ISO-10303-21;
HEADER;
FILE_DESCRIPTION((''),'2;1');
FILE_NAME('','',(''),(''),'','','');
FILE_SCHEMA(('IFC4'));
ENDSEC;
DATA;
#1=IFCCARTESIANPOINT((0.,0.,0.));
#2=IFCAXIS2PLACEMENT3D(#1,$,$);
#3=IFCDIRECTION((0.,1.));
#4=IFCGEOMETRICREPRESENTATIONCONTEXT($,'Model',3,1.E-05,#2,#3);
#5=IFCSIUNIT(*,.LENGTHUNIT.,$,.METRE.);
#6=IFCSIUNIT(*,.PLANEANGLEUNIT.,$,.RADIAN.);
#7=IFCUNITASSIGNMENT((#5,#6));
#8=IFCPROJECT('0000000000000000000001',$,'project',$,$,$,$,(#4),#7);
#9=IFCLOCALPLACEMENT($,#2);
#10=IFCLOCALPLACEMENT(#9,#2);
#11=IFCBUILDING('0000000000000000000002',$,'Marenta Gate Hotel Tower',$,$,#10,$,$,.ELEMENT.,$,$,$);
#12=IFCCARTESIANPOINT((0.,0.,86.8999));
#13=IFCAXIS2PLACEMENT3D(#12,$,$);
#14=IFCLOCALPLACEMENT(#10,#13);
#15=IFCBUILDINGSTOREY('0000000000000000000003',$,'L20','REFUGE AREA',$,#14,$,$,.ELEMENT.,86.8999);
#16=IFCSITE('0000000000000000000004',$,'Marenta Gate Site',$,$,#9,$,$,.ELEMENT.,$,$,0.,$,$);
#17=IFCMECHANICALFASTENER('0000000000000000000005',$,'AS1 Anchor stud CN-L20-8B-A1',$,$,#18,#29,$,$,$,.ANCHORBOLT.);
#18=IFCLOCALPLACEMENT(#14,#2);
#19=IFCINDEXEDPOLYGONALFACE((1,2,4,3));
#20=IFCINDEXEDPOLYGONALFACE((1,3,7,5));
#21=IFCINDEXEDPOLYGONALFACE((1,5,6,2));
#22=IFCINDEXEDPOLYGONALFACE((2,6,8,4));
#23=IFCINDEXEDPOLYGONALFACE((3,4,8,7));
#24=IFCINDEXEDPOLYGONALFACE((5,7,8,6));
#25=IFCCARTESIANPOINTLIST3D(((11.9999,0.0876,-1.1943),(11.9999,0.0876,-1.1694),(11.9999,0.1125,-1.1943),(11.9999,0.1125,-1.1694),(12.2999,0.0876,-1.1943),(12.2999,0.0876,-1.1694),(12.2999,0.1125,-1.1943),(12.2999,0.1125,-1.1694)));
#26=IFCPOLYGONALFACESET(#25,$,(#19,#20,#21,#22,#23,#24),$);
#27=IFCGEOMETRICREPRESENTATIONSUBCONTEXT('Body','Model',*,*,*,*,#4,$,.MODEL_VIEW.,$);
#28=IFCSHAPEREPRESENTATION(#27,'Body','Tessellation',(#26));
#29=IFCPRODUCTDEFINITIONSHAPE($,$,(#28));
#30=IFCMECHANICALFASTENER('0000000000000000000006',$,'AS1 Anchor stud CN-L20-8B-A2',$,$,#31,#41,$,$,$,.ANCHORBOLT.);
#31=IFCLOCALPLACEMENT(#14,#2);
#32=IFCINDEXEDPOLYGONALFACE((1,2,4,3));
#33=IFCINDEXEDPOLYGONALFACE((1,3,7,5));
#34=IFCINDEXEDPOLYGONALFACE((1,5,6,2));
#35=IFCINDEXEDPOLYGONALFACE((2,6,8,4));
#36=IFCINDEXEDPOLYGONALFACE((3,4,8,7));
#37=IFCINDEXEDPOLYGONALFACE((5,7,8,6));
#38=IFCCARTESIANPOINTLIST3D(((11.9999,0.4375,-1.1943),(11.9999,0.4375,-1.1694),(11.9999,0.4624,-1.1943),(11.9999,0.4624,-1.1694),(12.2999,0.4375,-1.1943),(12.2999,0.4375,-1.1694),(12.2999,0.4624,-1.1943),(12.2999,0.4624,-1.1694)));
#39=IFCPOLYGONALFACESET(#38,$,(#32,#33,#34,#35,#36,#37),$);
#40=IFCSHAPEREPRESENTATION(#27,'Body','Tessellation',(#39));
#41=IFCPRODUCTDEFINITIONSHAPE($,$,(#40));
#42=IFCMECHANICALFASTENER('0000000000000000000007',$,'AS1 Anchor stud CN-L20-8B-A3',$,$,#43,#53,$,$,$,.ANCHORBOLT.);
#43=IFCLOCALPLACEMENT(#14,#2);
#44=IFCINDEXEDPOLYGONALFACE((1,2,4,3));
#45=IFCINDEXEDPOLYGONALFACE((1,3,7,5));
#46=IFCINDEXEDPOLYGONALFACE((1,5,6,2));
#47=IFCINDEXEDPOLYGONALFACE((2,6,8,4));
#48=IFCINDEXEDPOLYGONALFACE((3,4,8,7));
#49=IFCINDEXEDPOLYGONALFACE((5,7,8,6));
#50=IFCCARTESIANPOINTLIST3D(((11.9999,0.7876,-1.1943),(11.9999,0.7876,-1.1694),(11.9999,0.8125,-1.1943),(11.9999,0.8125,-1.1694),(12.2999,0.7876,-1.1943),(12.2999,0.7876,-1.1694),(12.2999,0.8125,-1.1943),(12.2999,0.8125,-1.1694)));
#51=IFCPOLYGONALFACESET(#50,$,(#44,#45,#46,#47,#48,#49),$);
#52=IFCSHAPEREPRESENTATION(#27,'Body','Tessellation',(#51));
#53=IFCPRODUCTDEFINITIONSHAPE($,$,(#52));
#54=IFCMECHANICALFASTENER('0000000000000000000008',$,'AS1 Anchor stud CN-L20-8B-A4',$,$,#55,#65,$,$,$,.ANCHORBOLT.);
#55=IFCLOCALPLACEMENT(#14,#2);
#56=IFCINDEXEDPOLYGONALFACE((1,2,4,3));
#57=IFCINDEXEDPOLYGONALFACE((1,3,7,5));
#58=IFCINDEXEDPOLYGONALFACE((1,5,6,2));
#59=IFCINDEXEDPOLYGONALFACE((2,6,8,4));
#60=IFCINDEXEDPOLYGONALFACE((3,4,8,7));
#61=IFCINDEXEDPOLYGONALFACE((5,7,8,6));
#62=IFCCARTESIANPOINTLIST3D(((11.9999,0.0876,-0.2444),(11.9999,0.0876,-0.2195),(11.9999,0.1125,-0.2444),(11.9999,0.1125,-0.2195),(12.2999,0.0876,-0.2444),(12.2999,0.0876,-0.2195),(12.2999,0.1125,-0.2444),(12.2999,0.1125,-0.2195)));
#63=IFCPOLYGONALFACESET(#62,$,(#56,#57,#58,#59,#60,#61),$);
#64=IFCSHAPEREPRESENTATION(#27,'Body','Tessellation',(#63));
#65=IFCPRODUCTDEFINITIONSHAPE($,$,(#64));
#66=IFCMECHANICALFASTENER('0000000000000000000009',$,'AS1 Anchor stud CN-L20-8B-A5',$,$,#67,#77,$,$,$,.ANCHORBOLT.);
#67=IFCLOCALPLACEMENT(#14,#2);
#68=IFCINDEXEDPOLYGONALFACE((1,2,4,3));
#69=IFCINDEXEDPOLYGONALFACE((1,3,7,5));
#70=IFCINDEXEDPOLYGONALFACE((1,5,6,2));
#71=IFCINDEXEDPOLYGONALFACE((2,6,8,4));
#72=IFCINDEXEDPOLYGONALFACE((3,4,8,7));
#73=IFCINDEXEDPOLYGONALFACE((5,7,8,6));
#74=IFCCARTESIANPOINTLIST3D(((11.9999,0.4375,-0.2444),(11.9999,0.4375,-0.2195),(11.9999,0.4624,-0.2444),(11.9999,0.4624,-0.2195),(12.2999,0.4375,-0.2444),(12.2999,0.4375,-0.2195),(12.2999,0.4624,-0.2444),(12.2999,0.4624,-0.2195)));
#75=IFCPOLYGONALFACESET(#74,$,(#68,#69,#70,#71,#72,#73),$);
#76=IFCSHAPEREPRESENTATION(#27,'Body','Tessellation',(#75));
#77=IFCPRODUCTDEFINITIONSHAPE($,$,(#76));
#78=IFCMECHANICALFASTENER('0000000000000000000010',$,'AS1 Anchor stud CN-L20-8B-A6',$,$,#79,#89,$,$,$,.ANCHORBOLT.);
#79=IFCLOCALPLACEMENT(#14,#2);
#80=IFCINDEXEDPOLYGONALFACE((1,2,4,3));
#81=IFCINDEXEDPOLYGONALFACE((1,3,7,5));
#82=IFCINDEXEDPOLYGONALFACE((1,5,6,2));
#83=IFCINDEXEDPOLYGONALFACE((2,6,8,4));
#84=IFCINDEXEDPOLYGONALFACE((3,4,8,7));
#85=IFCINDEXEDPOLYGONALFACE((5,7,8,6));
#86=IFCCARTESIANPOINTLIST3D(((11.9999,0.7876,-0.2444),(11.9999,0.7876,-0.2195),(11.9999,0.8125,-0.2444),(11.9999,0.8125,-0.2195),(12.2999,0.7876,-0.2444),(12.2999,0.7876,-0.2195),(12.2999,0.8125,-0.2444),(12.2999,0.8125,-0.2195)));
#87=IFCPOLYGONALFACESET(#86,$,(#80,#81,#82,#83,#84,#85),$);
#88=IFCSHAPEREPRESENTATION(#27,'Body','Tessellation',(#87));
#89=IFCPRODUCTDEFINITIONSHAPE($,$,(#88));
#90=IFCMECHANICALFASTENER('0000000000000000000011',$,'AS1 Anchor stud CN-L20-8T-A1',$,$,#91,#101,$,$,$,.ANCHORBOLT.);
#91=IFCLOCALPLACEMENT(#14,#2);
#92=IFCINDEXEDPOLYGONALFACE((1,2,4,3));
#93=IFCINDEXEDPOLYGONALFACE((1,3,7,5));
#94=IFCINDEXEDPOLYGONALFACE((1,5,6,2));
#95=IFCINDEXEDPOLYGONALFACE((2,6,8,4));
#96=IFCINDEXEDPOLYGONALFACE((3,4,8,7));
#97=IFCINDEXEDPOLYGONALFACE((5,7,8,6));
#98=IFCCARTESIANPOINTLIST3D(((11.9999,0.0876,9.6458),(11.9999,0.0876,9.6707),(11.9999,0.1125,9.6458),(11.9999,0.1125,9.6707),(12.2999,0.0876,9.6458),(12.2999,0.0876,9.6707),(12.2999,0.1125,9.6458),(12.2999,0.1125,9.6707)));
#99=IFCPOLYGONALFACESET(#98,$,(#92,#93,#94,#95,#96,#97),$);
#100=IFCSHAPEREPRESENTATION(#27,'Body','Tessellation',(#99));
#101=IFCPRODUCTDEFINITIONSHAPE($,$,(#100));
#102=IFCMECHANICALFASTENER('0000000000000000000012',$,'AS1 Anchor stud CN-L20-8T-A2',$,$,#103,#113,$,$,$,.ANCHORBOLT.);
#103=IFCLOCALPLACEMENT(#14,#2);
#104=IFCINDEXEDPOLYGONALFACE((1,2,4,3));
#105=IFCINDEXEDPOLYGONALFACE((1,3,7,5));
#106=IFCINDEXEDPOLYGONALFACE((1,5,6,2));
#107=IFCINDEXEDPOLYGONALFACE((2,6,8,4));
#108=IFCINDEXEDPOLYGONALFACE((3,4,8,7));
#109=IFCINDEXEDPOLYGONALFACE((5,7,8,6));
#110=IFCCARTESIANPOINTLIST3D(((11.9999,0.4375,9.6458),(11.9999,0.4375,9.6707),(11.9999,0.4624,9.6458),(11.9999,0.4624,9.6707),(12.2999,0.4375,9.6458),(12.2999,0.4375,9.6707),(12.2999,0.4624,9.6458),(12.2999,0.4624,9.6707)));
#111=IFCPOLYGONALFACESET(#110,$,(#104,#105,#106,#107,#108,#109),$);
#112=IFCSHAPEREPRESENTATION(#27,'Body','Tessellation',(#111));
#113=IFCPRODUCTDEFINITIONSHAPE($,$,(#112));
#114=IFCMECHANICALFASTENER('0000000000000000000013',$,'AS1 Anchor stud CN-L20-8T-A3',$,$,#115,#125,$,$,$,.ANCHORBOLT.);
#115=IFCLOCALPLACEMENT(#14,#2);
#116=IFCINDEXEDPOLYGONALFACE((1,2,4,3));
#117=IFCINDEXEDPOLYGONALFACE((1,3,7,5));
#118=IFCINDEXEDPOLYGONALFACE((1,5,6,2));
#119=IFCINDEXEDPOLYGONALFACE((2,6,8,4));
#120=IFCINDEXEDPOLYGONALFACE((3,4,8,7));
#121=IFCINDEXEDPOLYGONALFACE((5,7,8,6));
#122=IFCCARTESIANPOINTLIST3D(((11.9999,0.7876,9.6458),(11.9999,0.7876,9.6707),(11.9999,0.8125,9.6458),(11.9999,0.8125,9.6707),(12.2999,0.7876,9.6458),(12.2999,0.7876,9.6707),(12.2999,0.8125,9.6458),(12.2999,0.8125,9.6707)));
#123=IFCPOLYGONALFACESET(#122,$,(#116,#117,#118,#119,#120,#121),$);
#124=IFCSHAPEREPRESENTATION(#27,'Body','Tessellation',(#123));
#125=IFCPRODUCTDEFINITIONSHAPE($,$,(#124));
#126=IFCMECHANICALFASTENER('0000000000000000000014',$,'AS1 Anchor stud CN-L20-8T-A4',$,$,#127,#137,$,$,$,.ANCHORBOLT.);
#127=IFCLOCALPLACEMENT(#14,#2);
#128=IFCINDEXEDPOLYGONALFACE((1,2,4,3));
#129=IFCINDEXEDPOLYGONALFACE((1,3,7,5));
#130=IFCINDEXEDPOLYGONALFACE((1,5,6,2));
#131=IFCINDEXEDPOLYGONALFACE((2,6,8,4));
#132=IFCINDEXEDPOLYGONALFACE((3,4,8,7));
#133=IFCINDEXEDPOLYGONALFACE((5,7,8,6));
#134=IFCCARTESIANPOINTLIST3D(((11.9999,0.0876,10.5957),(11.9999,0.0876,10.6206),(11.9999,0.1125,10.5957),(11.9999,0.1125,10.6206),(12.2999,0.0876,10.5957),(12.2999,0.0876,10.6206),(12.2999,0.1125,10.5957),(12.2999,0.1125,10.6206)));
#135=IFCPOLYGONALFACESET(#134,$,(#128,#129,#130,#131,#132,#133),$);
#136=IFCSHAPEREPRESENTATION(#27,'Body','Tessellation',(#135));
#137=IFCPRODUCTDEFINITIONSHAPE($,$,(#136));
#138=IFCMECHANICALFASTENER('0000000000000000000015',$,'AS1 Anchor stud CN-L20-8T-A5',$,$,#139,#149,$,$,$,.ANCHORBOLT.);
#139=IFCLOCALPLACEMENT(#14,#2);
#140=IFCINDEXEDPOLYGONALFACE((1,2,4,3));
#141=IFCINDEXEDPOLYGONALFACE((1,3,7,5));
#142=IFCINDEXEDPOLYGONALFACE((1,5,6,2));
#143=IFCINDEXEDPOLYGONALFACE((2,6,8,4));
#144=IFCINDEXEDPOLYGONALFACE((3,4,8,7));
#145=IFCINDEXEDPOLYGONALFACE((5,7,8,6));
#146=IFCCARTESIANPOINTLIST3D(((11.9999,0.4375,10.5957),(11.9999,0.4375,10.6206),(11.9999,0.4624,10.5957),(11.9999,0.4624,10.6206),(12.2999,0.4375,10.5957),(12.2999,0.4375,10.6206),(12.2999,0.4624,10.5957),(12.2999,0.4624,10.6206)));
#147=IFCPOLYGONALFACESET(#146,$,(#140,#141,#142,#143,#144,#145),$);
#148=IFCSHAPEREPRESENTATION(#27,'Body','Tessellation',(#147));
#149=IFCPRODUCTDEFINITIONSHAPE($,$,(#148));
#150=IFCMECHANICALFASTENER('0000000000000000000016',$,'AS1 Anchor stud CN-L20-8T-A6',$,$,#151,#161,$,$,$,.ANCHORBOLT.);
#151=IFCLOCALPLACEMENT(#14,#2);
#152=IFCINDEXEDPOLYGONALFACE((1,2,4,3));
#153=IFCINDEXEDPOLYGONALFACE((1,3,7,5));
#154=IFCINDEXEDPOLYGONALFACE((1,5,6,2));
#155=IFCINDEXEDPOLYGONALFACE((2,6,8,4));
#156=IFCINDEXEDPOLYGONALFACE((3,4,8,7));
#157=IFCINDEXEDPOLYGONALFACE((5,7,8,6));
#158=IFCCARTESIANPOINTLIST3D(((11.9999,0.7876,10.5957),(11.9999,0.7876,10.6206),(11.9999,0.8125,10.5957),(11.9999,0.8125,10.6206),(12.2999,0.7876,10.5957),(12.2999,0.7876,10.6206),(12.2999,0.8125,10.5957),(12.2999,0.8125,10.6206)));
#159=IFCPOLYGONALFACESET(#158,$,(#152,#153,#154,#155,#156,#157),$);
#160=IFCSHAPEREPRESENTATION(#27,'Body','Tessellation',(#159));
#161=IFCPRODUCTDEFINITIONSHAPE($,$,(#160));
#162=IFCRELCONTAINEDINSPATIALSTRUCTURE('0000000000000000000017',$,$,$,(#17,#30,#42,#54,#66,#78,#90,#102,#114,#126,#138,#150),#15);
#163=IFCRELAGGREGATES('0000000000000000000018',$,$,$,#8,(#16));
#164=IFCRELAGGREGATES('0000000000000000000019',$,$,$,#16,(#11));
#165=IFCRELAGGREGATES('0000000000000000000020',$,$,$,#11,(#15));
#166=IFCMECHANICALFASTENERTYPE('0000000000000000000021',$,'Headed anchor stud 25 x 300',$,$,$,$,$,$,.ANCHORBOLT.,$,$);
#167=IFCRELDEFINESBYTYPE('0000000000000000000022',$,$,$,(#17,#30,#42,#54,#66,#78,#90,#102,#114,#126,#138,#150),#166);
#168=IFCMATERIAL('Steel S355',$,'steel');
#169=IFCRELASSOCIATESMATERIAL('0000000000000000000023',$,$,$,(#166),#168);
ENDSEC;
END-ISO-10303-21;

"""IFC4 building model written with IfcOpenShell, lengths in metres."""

from ifc_helpers import new_model, si_unit, direction, frame, origin, origin_2d, place, context, subcontext, project, spatial, rectangle, extrude, material, type_object, element, save


model = new_model("IFC4")

# Units and contexts
model_context = context("Model", 3, precision=1e-05, world=origin(), true_north=direction((0.0, 1.0)))
body_context = subcontext(model_context, "Body", "Model", "MODEL_VIEW")
ifc_project = project(units=[si_unit("LENGTHUNIT", "METRE"), si_unit("PLANEANGLEUNIT", "RADIAN")], contexts=[model_context])

# Site, building, storey
site_placement = place(None, origin())
site = spatial("IfcSite", under=ifc_project, at=site_placement, Name="Marenta Gate Site", CompositionType="ELEMENT", RefElevation=0.0)
building_placement = place(site_placement, origin())
building = spatial("IfcBuilding", under=site, at=building_placement, Name="Marenta Gate Hotel Tower", CompositionType="ELEMENT")
storey_placement = place(building_placement, frame((0.0, 0.0, 86.8999)))
storey = spatial("IfcBuildingStorey", under=building, at=storey_placement, Name="L20", Description="REFUGE AREA", CompositionType="ELEMENT", Elevation=86.8999)

# Mechanical fasteners
ifc_material_1 = material(Name="Steel S355", Category="steel")
mechanical_fastener_type = type_object("IfcMechanicalFastenerType", Name="Headed anchor stud 25 x 300", PredefinedType="ANCHORBOLT", material=ifc_material_1)
for number, where, z_axis, x_axis, name in (
    (1, (12.1499, 0.1001, -1.1943), (0.0, 0.0, 1.0), (1.0, 0.0, 0.0), "AS1 Anchor stud CN-L20-8B-A1"),
    (2, (12.1499, 0.45, -1.1943), (0.0, 0.0, 1.0), (1.0, 0.0, 0.0), "AS1 Anchor stud CN-L20-8B-A2"),
    (3, (12.1499, 0.8, -1.1943), (0.0, 0.0, 1.0), (1.0, 0.0, 0.0), "AS1 Anchor stud CN-L20-8B-A3"),
    (4, (12.1499, 0.1001, -0.2444), (0.0, 0.0, 1.0), (1.0, 0.0, 0.0), "AS1 Anchor stud CN-L20-8B-A4"),
    (5, (12.1499, 0.45, -0.2444), (0.0, 0.0, 1.0), (1.0, 0.0, 0.0), "AS1 Anchor stud CN-L20-8B-A5"),
    (6, (12.1499, 0.8, -0.2444), (0.0, 0.0, 1.0), (1.0, 0.0, 0.0), "AS1 Anchor stud CN-L20-8B-A6"),
    (7, (12.1499, 0.1001, 9.6458), (0.0, 0.0, 1.0), (1.0, 0.0, 0.0), "AS1 Anchor stud CN-L20-8T-A1"),
    (8, (12.1499, 0.45, 9.6458), (0.0, 0.0, 1.0), (1.0, 0.0, 0.0), "AS1 Anchor stud CN-L20-8T-A2"),
    (9, (12.1499, 0.8, 9.6458), (0.0, 0.0, 1.0), (1.0, 0.0, 0.0), "AS1 Anchor stud CN-L20-8T-A3"),
    (10, (12.1499, 0.1001, 10.5957), (0.0, 0.0, 1.0), (1.0, 0.0, 0.0), "AS1 Anchor stud CN-L20-8T-A4"),
    (11, (12.1499, 0.45, 10.5957), (0.0, 0.0, 1.0), (1.0, 0.0, 0.0), "AS1 Anchor stud CN-L20-8T-A5"),
    (12, (12.1499, 0.8, 10.5957), (0.0, 0.0, 1.0), (1.0, 0.0, 0.0), "AS1 Anchor stud CN-L20-8T-A6"),
):
    element("IfcMechanicalFastener", number, at=place(storey_placement, frame(where, z_axis=z_axis, x_axis=x_axis)), inside=storey, type_object=mechanical_fastener_type, Name=name, PredefinedType="ANCHORBOLT", context=body_context, shape_type="SweptSolid", body=[
        extrude(rectangle(XDim=0.3, YDim=0.0249, at=origin_2d()), origin(), (0.0, 0.0, 1.0), 0.0249),
    ])

save(model, "model.ifc")
